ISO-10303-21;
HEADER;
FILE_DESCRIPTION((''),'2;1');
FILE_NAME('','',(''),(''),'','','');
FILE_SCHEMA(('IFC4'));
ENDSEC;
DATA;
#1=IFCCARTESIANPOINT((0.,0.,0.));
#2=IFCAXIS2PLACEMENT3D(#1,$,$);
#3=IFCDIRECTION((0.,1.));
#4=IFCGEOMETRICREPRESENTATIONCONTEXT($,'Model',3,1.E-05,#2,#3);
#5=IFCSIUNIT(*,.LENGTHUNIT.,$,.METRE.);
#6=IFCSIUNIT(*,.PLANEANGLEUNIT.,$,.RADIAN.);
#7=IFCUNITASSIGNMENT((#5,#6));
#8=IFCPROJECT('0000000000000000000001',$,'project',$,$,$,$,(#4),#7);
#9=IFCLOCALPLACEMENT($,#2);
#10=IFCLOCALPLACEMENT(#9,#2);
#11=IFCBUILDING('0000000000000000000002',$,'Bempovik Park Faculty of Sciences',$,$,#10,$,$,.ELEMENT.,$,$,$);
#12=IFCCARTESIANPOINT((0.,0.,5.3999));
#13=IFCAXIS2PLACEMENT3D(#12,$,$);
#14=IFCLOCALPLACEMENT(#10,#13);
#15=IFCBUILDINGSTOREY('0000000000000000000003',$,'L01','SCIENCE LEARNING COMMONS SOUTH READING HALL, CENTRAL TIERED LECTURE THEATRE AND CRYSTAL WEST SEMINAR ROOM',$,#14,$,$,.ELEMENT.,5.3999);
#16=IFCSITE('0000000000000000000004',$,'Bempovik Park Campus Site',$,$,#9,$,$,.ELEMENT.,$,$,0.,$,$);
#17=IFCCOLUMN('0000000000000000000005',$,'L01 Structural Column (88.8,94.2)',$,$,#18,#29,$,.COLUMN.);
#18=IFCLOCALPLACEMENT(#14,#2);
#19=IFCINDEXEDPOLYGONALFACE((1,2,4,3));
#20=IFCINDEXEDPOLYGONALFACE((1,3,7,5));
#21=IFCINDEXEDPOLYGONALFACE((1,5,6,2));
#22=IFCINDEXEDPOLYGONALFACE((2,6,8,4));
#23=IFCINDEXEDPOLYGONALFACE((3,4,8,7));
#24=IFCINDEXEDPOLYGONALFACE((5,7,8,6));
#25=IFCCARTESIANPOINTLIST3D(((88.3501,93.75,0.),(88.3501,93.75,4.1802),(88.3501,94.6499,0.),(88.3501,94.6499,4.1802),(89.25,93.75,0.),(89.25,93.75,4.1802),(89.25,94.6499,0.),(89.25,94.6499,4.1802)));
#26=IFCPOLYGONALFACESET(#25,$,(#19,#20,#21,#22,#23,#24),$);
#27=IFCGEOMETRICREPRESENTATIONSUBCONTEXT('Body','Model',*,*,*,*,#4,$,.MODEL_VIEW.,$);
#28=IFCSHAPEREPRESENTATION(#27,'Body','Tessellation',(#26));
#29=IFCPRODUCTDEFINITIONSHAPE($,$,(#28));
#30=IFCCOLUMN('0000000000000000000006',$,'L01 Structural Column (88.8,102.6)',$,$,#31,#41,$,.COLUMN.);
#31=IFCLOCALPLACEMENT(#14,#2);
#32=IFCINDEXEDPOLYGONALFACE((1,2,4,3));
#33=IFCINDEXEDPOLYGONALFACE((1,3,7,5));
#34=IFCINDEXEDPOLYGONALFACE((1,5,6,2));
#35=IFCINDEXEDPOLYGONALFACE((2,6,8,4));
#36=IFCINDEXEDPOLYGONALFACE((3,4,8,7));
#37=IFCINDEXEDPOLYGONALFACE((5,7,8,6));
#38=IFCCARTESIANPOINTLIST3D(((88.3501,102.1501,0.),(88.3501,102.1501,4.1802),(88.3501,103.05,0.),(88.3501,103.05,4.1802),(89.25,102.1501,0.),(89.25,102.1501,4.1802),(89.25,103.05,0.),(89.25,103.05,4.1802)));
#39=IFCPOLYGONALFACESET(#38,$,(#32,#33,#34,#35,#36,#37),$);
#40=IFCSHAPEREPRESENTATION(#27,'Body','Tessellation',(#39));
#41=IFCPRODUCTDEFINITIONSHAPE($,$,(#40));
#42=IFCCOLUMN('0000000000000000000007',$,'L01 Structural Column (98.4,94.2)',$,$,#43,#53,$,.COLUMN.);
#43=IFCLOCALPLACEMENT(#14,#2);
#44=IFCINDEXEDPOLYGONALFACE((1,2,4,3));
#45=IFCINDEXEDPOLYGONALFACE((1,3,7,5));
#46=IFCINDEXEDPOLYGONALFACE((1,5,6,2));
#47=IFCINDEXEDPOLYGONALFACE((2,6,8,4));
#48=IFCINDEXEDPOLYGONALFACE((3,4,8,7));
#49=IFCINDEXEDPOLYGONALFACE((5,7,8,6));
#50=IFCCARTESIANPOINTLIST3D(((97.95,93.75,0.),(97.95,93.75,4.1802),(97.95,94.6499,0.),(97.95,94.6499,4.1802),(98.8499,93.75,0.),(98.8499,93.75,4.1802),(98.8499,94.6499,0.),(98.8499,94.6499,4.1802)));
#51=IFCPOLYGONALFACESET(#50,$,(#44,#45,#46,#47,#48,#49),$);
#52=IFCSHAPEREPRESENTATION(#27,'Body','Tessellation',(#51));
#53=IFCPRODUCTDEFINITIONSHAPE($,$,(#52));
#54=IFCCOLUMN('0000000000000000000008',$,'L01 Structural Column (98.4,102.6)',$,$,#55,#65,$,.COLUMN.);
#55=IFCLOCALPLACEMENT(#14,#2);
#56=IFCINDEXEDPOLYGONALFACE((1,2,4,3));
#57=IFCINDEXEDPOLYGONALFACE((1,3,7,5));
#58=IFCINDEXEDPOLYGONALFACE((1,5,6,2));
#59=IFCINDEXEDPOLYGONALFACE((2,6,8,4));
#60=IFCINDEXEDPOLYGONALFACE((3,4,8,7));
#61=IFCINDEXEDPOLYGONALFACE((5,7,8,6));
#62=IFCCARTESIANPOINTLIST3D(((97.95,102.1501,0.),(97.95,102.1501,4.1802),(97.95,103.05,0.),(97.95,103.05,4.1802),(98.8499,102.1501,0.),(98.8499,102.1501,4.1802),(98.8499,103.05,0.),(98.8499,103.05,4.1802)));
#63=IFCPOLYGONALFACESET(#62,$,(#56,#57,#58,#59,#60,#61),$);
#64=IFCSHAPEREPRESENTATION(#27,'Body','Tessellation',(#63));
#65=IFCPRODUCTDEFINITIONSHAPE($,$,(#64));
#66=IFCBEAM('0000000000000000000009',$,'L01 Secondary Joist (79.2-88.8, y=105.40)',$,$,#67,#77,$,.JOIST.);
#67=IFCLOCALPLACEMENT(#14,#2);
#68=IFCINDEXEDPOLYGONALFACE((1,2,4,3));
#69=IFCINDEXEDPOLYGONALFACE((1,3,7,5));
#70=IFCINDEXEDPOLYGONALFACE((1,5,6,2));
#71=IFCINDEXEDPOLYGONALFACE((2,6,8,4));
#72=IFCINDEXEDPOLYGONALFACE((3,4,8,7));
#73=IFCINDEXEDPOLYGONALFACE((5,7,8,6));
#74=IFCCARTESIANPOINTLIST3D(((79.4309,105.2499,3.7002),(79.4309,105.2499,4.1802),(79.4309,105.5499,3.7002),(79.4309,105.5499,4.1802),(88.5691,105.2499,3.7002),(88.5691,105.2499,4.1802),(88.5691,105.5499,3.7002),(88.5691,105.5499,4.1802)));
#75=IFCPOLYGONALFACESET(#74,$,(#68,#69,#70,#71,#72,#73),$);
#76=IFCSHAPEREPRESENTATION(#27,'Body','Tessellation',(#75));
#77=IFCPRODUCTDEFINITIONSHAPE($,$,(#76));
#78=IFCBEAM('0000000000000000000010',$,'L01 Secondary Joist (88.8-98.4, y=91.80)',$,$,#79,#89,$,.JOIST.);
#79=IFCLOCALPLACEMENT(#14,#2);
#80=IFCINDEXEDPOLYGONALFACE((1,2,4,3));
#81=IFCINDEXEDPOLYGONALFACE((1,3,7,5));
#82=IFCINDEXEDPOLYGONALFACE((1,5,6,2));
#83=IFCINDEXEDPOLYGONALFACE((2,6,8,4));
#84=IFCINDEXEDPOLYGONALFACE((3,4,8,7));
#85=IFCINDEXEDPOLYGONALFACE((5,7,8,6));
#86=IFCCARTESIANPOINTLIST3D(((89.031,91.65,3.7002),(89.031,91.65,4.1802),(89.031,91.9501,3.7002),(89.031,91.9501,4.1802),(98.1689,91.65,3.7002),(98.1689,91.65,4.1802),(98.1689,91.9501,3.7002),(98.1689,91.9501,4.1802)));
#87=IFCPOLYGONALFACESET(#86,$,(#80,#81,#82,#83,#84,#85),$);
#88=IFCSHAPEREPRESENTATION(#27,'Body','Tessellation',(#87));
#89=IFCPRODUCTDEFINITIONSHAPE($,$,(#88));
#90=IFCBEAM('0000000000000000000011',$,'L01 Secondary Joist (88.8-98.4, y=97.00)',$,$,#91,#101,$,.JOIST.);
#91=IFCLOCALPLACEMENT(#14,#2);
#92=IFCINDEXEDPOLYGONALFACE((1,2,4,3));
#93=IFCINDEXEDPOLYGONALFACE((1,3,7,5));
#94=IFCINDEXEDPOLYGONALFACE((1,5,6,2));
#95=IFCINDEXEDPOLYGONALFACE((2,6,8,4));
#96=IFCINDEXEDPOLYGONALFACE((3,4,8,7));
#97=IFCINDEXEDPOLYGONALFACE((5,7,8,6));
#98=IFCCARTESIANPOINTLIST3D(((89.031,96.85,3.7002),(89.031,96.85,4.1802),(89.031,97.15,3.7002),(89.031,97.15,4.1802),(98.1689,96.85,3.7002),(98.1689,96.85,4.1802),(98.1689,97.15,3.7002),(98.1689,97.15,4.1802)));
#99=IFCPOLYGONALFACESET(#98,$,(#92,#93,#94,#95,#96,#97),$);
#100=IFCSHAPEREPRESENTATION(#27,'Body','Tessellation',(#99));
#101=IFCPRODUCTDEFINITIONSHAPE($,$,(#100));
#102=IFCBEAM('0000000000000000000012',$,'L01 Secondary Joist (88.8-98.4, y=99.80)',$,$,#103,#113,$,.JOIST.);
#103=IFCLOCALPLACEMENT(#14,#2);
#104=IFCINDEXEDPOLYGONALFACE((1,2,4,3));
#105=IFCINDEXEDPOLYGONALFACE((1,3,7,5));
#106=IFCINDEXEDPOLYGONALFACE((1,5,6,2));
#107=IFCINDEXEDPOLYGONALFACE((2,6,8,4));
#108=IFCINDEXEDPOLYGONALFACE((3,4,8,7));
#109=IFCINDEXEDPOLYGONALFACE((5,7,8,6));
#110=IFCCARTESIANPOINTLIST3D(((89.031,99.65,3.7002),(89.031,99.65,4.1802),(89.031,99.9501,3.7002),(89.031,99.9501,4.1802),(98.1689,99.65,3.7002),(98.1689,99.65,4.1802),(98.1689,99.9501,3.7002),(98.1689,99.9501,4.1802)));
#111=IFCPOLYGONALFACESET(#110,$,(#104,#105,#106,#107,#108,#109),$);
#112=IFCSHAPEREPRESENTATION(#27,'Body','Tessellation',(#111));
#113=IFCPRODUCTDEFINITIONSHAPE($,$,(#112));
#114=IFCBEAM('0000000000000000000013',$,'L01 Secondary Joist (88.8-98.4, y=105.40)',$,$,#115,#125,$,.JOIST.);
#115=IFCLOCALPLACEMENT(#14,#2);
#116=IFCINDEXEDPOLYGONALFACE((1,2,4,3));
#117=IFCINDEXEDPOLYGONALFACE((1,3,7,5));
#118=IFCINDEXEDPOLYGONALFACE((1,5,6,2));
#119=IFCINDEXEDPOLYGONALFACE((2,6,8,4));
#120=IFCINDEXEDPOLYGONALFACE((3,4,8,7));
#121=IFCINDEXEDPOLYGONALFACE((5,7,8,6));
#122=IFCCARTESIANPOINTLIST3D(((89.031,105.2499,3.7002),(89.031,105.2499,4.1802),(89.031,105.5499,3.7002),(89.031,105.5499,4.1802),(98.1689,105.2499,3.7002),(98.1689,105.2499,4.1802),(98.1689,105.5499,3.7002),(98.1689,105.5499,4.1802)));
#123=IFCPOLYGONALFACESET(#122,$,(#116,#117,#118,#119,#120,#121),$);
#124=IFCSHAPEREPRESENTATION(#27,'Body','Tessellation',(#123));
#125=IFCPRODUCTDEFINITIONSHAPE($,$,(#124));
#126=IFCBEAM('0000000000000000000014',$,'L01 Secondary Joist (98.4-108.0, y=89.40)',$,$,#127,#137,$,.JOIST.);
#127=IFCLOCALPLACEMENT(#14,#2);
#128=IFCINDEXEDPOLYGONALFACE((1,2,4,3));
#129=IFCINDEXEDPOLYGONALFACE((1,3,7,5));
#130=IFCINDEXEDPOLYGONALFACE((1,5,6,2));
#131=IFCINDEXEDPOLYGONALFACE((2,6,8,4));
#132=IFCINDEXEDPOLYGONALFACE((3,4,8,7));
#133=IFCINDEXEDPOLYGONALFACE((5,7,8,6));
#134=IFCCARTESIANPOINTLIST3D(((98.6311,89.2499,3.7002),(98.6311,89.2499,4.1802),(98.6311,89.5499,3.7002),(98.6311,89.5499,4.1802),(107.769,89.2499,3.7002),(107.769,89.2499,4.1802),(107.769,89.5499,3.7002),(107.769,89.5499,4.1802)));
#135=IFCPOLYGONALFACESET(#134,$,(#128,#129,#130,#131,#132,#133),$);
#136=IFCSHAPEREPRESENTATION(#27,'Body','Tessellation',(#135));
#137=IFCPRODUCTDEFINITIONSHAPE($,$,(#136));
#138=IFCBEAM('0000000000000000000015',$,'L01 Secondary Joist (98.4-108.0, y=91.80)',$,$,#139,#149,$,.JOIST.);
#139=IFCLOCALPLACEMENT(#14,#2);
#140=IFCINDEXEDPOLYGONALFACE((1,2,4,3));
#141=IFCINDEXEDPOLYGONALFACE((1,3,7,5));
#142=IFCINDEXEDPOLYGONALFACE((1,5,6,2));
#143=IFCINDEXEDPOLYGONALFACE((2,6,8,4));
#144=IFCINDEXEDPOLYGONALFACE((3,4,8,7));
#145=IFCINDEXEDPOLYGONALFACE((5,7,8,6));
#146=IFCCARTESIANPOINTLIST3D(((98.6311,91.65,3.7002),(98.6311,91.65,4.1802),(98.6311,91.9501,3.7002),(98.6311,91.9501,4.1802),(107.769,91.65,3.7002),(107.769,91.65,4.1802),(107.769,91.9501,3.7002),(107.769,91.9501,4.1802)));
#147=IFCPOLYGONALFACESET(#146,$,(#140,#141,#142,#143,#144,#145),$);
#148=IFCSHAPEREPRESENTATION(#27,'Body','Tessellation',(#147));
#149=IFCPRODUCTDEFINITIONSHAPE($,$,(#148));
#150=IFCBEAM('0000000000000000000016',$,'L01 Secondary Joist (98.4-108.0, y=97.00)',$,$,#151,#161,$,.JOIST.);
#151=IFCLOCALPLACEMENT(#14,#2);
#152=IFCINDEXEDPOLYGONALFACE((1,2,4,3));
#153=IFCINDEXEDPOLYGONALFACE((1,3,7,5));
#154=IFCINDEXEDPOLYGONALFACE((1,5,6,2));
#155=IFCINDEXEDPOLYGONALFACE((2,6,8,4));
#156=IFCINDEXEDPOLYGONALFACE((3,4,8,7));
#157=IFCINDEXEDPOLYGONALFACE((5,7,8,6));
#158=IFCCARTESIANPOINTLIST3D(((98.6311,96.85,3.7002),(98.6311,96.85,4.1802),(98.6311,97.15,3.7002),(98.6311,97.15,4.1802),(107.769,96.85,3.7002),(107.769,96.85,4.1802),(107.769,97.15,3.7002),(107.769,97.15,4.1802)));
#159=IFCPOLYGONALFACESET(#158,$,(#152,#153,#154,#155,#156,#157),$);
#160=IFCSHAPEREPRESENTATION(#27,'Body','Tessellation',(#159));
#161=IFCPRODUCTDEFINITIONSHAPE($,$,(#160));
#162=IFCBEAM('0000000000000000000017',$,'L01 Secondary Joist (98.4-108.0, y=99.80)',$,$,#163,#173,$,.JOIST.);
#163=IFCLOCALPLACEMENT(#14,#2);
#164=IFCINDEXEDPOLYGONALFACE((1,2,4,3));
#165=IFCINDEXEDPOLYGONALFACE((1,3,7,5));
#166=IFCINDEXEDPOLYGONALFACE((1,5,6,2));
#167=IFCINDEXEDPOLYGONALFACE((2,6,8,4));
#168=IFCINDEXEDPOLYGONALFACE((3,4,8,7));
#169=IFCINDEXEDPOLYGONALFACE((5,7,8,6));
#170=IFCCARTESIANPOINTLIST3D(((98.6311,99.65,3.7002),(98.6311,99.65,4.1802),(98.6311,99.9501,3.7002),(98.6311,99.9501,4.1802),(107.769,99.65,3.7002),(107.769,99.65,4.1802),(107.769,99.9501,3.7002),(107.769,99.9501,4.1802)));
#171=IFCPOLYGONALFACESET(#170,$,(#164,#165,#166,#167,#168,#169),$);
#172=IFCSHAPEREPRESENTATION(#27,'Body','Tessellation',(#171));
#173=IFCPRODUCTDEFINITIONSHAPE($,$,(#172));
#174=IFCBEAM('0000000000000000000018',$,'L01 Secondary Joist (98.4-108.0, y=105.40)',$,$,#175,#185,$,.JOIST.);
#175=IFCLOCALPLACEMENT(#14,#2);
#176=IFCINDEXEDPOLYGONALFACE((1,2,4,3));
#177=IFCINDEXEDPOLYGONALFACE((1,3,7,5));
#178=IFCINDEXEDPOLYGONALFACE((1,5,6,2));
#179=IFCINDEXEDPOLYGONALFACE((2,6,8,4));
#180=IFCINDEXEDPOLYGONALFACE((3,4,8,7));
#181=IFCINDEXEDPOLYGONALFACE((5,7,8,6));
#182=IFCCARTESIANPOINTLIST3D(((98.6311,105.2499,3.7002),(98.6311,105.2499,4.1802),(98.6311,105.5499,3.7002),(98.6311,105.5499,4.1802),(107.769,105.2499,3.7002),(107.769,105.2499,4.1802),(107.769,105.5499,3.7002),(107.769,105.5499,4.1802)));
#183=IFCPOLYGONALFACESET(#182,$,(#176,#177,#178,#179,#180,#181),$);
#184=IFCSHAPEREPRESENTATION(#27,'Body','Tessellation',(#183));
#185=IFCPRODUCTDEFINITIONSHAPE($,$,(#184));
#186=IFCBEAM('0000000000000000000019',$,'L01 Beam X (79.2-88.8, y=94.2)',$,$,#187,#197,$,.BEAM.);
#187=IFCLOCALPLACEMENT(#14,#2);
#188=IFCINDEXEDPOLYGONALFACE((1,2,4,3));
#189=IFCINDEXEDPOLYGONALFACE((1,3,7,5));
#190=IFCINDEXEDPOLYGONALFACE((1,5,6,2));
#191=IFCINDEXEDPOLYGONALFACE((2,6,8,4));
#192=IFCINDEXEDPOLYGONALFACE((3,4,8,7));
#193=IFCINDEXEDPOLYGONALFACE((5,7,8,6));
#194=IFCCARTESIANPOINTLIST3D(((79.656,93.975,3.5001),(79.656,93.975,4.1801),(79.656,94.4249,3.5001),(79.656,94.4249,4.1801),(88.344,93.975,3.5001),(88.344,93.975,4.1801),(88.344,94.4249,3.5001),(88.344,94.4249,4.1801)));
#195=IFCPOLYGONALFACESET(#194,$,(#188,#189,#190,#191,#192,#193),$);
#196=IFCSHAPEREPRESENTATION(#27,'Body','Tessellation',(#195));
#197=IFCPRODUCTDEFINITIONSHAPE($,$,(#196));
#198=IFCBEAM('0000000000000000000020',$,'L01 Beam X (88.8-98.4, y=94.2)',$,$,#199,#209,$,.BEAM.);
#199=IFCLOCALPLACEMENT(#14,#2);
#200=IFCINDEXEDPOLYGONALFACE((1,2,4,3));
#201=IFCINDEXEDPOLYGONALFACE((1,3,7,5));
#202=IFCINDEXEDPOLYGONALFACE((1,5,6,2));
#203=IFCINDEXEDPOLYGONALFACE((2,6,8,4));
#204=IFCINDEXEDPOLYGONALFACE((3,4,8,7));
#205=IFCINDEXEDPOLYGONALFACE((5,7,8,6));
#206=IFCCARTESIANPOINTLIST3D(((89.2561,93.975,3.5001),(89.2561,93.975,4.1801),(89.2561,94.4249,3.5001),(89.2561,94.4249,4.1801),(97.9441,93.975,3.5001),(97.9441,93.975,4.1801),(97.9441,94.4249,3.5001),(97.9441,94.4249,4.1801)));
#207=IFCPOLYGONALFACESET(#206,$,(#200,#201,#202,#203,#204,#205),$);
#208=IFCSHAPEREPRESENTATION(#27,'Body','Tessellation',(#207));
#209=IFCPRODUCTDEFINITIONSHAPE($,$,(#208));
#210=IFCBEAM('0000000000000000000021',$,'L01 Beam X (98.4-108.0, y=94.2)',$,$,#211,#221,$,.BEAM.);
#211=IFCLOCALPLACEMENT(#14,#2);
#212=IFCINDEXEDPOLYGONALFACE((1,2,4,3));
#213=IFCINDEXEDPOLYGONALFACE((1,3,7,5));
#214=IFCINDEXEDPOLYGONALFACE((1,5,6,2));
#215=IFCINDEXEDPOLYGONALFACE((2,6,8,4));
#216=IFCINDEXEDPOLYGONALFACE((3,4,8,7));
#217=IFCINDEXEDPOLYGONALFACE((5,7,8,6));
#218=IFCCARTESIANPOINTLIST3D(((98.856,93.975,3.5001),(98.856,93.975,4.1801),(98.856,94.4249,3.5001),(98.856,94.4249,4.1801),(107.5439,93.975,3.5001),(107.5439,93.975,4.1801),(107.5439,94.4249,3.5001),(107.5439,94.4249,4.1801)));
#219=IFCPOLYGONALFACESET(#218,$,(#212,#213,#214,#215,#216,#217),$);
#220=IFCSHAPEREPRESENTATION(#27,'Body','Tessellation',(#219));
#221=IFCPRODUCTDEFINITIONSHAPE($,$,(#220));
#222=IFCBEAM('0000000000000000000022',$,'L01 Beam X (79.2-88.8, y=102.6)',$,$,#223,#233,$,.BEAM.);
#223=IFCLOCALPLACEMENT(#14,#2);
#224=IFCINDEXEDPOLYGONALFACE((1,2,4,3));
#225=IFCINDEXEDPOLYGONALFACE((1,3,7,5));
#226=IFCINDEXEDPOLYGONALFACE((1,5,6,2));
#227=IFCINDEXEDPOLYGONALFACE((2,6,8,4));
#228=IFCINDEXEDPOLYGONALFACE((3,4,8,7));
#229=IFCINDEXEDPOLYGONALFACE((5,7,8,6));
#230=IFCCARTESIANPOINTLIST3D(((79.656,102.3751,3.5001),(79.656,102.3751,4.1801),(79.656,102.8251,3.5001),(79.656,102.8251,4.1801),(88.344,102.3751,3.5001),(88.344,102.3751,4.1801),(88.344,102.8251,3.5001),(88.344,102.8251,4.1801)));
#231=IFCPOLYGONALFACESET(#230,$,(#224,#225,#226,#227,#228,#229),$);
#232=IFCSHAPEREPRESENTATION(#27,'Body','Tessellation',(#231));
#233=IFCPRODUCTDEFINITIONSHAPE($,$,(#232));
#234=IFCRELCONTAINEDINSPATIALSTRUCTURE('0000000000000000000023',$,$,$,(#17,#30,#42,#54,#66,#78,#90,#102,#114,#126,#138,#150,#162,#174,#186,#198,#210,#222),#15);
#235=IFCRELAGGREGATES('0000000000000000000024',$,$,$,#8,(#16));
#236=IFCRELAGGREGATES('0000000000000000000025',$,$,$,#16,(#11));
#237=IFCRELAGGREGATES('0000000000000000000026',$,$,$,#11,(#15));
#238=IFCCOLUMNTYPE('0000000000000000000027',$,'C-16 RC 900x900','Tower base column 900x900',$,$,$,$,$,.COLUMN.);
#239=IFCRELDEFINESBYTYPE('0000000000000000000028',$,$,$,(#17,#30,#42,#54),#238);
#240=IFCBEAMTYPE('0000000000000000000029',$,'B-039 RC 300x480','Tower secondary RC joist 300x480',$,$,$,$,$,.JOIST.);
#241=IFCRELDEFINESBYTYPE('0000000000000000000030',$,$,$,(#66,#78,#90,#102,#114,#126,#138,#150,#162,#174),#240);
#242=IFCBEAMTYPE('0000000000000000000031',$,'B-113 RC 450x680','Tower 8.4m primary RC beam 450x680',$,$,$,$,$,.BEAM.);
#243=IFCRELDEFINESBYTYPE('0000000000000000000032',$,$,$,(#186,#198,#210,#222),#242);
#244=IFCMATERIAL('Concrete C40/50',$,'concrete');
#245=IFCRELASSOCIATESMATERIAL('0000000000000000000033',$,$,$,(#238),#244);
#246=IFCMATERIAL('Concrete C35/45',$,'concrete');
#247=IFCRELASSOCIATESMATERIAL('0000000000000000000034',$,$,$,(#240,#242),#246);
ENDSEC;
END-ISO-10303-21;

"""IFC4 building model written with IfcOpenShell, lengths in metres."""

from ifc_helpers import new_model, si_unit, direction, frame, origin, origin_2d, place, context, subcontext, project, spatial, rectangle, extrude, material, material_profile, profile_set, type_object, element, save


model = new_model("IFC4")

# Units and contexts
model_context = context("Model", 3, precision=1e-05, world=origin(), true_north=direction((0.0, 1.0)))
body_context = subcontext(model_context, "Body", "Model", "MODEL_VIEW")
ifc_project = project(units=[si_unit("LENGTHUNIT", "METRE"), si_unit("PLANEANGLEUNIT", "RADIAN")], contexts=[model_context])

# Site, building, storey
site_placement = place(None, origin())
site = spatial("IfcSite", under=ifc_project, at=site_placement, Name="Bempovik Park Campus Site", CompositionType="ELEMENT", RefElevation=0.0)
building_placement = place(site_placement, origin())
building = spatial("IfcBuilding", under=site, at=building_placement, Name="Bempovik Park Faculty of Sciences", CompositionType="ELEMENT")
storey_placement = place(building_placement, frame((0.0, 0.0, 5.3999)))
storey = spatial("IfcBuildingStorey", under=building, at=storey_placement, Name="L01", Description="SCIENCE LEARNING COMMONS SOUTH READING HALL, CENTRAL TIERED LECTURE THEATRE AND CRYSTAL WEST SEMINAR ROOM", CompositionType="ELEMENT", Elevation=5.3999)

# Columns
ifc_material_1 = material(Name="Concrete C40/50", Category="concrete")
ifc_material_profile_1 = material_profile(ifc_material_1, rectangle(XDim=0.8999, YDim=0.8999, at=origin_2d()), Name="RC 900x900")
ifc_profile_set_1 = profile_set([ifc_material_profile_1], Name="Concrete C40/50")
column_type = type_object("IfcColumnType", Name="C-16 RC 900x900", Description="Tower base column 900x900", PredefinedType="COLUMN", material=ifc_profile_set_1)
for number, where, z_axis, x_axis, name in (
    (1, (88.8, 94.2, 0.0), (0.0, 0.0, 1.0), (1.0, 0.0, 0.0), "L01 Structural Column (88.8,94.2)"),
    (2, (88.8, 102.6001, 0.0), (0.0, 0.0, 1.0), (1.0, 0.0, 0.0), "L01 Structural Column (88.8,102.6)"),
    (3, (98.3999, 94.2, 0.0), (0.0, 0.0, 1.0), (1.0, 0.0, 0.0), "L01 Structural Column (98.4,94.2)"),
    (4, (98.3999, 102.6001, 0.0), (0.0, 0.0, 1.0), (1.0, 0.0, 0.0), "L01 Structural Column (98.4,102.6)"),
):
    element("IfcColumn", number, at=place(storey_placement, frame(where, z_axis=z_axis, x_axis=x_axis)), inside=storey, type_object=column_type, Name=name, PredefinedType="COLUMN", context=body_context, shape_type="SweptSolid", body=[
        extrude(rectangle(XDim=0.8999, YDim=0.8999, at=origin_2d()), origin(), (0.0, 0.0, 1.0), 4.1802),
    ])

# Beams
ifc_material_2 = material(Name="Concrete C35/45", Category="concrete")
ifc_material_profile_2 = material_profile(ifc_material_2, rectangle(XDim=0.3, YDim=0.48, at=origin_2d()), Name="RC 300x480")
ifc_profile_set_2 = profile_set([ifc_material_profile_2], Name="Concrete C35/45")
beam_type_1 = type_object("IfcBeamType", Name="B-039 RC 300x480", Description="Tower secondary RC joist 300x480", PredefinedType="JOIST", material=ifc_profile_set_2)
beam_placement = place(storey_placement, frame((79.4309, 105.3999, 3.9402), z_axis=(1.0, 0.0, 0.0), x_axis=(0.0, 1.0, 0.0)))
element("IfcBeam", 5, at=beam_placement, inside=storey, type_object=beam_type_1, Name="L01 Secondary Joist (79.2-88.8, y=105.40)", PredefinedType="JOIST", context=body_context, shape_type="SweptSolid", body=[
    extrude(rectangle(XDim=0.3, YDim=0.48, at=origin_2d()), origin(), (0.0, 0.0, 1.0), 9.1382),
])
for number, where, z_axis, x_axis, name in (
    (6, (89.031, 91.8, 3.9402), (1.0, 0.0, 0.0), (0.0, 1.0, 0.0), "L01 Secondary Joist (88.8-98.4, y=91.80)"),
    (7, (89.031, 97.0, 3.9402), (1.0, 0.0, 0.0), (0.0, 1.0, 0.0), "L01 Secondary Joist (88.8-98.4, y=97.00)"),
    (8, (89.031, 99.8, 3.9402), (1.0, 0.0, 0.0), (0.0, 1.0, 0.0), "L01 Secondary Joist (88.8-98.4, y=99.80)"),
    (9, (89.031, 105.3999, 3.9402), (1.0, 0.0, 0.0), (0.0, 1.0, 0.0), "L01 Secondary Joist (88.8-98.4, y=105.40)"),
    (10, (98.6311, 89.3999, 3.9402), (1.0, 0.0, 0.0), (0.0, 1.0, 0.0), "L01 Secondary Joist (98.4-108.0, y=89.40)"),
    (11, (98.6311, 91.8, 3.9402), (1.0, 0.0, 0.0), (0.0, 1.0, 0.0), "L01 Secondary Joist (98.4-108.0, y=91.80)"),
    (12, (98.6311, 97.0, 3.9402), (1.0, 0.0, 0.0), (0.0, 1.0, 0.0), "L01 Secondary Joist (98.4-108.0, y=97.00)"),
    (13, (98.6311, 99.8, 3.9402), (1.0, 0.0, 0.0), (0.0, 1.0, 0.0), "L01 Secondary Joist (98.4-108.0, y=99.80)"),
    (14, (98.6311, 105.3999, 3.9402), (1.0, 0.0, 0.0), (0.0, 1.0, 0.0), "L01 Secondary Joist (98.4-108.0, y=105.40)"),
):
    element("IfcBeam", number, at=place(storey_placement, frame(where, z_axis=z_axis, x_axis=x_axis)), inside=storey, type_object=beam_type_1, Name=name, PredefinedType="JOIST", context=body_context, shape_type="SweptSolid", body=[
        extrude(rectangle(XDim=0.3, YDim=0.48, at=origin_2d()), origin(), (0.0, 0.0, 1.0), 9.1379),
    ])
ifc_material_profile_3 = material_profile(ifc_material_2, rectangle(XDim=0.45, YDim=0.6799, at=origin_2d()), Name="RC 450x680")
ifc_profile_set_3 = profile_set([ifc_material_profile_3], Name="Concrete C35/45")
beam_type_2 = type_object("IfcBeamType", Name="B-113 RC 450x680", Description="Tower 8.4m primary RC beam 450x680", PredefinedType="BEAM", material=ifc_profile_set_3)
for number, where, z_axis, x_axis, name in (
    (15, (79.656, 94.2, 3.8401), (1.0, 0.0, 0.0), (0.0, 1.0, 0.0), "L01 Beam X (79.2-88.8, y=94.2)"),
    (16, (89.2561, 94.2, 3.8401), (1.0, 0.0, 0.0), (0.0, 1.0, 0.0), "L01 Beam X (88.8-98.4, y=94.2)"),
    (17, (98.856, 94.2, 3.8401), (1.0, 0.0, 0.0), (0.0, 1.0, 0.0), "L01 Beam X (98.4-108.0, y=94.2)"),
    (18, (79.656, 102.6001, 3.8401), (1.0, 0.0, 0.0), (0.0, 1.0, 0.0), "L01 Beam X (79.2-88.8, y=102.6)"),
):
    element("IfcBeam", number, at=place(storey_placement, frame(where, z_axis=z_axis, x_axis=x_axis)), inside=storey, type_object=beam_type_2, Name=name, PredefinedType="BEAM", context=body_context, shape_type="SweptSolid", body=[
        extrude(rectangle(XDim=0.45, YDim=0.6799, at=origin_2d()), origin(), (0.0, 0.0, 1.0), 8.688),
    ])

save(model, "model.ifc")
